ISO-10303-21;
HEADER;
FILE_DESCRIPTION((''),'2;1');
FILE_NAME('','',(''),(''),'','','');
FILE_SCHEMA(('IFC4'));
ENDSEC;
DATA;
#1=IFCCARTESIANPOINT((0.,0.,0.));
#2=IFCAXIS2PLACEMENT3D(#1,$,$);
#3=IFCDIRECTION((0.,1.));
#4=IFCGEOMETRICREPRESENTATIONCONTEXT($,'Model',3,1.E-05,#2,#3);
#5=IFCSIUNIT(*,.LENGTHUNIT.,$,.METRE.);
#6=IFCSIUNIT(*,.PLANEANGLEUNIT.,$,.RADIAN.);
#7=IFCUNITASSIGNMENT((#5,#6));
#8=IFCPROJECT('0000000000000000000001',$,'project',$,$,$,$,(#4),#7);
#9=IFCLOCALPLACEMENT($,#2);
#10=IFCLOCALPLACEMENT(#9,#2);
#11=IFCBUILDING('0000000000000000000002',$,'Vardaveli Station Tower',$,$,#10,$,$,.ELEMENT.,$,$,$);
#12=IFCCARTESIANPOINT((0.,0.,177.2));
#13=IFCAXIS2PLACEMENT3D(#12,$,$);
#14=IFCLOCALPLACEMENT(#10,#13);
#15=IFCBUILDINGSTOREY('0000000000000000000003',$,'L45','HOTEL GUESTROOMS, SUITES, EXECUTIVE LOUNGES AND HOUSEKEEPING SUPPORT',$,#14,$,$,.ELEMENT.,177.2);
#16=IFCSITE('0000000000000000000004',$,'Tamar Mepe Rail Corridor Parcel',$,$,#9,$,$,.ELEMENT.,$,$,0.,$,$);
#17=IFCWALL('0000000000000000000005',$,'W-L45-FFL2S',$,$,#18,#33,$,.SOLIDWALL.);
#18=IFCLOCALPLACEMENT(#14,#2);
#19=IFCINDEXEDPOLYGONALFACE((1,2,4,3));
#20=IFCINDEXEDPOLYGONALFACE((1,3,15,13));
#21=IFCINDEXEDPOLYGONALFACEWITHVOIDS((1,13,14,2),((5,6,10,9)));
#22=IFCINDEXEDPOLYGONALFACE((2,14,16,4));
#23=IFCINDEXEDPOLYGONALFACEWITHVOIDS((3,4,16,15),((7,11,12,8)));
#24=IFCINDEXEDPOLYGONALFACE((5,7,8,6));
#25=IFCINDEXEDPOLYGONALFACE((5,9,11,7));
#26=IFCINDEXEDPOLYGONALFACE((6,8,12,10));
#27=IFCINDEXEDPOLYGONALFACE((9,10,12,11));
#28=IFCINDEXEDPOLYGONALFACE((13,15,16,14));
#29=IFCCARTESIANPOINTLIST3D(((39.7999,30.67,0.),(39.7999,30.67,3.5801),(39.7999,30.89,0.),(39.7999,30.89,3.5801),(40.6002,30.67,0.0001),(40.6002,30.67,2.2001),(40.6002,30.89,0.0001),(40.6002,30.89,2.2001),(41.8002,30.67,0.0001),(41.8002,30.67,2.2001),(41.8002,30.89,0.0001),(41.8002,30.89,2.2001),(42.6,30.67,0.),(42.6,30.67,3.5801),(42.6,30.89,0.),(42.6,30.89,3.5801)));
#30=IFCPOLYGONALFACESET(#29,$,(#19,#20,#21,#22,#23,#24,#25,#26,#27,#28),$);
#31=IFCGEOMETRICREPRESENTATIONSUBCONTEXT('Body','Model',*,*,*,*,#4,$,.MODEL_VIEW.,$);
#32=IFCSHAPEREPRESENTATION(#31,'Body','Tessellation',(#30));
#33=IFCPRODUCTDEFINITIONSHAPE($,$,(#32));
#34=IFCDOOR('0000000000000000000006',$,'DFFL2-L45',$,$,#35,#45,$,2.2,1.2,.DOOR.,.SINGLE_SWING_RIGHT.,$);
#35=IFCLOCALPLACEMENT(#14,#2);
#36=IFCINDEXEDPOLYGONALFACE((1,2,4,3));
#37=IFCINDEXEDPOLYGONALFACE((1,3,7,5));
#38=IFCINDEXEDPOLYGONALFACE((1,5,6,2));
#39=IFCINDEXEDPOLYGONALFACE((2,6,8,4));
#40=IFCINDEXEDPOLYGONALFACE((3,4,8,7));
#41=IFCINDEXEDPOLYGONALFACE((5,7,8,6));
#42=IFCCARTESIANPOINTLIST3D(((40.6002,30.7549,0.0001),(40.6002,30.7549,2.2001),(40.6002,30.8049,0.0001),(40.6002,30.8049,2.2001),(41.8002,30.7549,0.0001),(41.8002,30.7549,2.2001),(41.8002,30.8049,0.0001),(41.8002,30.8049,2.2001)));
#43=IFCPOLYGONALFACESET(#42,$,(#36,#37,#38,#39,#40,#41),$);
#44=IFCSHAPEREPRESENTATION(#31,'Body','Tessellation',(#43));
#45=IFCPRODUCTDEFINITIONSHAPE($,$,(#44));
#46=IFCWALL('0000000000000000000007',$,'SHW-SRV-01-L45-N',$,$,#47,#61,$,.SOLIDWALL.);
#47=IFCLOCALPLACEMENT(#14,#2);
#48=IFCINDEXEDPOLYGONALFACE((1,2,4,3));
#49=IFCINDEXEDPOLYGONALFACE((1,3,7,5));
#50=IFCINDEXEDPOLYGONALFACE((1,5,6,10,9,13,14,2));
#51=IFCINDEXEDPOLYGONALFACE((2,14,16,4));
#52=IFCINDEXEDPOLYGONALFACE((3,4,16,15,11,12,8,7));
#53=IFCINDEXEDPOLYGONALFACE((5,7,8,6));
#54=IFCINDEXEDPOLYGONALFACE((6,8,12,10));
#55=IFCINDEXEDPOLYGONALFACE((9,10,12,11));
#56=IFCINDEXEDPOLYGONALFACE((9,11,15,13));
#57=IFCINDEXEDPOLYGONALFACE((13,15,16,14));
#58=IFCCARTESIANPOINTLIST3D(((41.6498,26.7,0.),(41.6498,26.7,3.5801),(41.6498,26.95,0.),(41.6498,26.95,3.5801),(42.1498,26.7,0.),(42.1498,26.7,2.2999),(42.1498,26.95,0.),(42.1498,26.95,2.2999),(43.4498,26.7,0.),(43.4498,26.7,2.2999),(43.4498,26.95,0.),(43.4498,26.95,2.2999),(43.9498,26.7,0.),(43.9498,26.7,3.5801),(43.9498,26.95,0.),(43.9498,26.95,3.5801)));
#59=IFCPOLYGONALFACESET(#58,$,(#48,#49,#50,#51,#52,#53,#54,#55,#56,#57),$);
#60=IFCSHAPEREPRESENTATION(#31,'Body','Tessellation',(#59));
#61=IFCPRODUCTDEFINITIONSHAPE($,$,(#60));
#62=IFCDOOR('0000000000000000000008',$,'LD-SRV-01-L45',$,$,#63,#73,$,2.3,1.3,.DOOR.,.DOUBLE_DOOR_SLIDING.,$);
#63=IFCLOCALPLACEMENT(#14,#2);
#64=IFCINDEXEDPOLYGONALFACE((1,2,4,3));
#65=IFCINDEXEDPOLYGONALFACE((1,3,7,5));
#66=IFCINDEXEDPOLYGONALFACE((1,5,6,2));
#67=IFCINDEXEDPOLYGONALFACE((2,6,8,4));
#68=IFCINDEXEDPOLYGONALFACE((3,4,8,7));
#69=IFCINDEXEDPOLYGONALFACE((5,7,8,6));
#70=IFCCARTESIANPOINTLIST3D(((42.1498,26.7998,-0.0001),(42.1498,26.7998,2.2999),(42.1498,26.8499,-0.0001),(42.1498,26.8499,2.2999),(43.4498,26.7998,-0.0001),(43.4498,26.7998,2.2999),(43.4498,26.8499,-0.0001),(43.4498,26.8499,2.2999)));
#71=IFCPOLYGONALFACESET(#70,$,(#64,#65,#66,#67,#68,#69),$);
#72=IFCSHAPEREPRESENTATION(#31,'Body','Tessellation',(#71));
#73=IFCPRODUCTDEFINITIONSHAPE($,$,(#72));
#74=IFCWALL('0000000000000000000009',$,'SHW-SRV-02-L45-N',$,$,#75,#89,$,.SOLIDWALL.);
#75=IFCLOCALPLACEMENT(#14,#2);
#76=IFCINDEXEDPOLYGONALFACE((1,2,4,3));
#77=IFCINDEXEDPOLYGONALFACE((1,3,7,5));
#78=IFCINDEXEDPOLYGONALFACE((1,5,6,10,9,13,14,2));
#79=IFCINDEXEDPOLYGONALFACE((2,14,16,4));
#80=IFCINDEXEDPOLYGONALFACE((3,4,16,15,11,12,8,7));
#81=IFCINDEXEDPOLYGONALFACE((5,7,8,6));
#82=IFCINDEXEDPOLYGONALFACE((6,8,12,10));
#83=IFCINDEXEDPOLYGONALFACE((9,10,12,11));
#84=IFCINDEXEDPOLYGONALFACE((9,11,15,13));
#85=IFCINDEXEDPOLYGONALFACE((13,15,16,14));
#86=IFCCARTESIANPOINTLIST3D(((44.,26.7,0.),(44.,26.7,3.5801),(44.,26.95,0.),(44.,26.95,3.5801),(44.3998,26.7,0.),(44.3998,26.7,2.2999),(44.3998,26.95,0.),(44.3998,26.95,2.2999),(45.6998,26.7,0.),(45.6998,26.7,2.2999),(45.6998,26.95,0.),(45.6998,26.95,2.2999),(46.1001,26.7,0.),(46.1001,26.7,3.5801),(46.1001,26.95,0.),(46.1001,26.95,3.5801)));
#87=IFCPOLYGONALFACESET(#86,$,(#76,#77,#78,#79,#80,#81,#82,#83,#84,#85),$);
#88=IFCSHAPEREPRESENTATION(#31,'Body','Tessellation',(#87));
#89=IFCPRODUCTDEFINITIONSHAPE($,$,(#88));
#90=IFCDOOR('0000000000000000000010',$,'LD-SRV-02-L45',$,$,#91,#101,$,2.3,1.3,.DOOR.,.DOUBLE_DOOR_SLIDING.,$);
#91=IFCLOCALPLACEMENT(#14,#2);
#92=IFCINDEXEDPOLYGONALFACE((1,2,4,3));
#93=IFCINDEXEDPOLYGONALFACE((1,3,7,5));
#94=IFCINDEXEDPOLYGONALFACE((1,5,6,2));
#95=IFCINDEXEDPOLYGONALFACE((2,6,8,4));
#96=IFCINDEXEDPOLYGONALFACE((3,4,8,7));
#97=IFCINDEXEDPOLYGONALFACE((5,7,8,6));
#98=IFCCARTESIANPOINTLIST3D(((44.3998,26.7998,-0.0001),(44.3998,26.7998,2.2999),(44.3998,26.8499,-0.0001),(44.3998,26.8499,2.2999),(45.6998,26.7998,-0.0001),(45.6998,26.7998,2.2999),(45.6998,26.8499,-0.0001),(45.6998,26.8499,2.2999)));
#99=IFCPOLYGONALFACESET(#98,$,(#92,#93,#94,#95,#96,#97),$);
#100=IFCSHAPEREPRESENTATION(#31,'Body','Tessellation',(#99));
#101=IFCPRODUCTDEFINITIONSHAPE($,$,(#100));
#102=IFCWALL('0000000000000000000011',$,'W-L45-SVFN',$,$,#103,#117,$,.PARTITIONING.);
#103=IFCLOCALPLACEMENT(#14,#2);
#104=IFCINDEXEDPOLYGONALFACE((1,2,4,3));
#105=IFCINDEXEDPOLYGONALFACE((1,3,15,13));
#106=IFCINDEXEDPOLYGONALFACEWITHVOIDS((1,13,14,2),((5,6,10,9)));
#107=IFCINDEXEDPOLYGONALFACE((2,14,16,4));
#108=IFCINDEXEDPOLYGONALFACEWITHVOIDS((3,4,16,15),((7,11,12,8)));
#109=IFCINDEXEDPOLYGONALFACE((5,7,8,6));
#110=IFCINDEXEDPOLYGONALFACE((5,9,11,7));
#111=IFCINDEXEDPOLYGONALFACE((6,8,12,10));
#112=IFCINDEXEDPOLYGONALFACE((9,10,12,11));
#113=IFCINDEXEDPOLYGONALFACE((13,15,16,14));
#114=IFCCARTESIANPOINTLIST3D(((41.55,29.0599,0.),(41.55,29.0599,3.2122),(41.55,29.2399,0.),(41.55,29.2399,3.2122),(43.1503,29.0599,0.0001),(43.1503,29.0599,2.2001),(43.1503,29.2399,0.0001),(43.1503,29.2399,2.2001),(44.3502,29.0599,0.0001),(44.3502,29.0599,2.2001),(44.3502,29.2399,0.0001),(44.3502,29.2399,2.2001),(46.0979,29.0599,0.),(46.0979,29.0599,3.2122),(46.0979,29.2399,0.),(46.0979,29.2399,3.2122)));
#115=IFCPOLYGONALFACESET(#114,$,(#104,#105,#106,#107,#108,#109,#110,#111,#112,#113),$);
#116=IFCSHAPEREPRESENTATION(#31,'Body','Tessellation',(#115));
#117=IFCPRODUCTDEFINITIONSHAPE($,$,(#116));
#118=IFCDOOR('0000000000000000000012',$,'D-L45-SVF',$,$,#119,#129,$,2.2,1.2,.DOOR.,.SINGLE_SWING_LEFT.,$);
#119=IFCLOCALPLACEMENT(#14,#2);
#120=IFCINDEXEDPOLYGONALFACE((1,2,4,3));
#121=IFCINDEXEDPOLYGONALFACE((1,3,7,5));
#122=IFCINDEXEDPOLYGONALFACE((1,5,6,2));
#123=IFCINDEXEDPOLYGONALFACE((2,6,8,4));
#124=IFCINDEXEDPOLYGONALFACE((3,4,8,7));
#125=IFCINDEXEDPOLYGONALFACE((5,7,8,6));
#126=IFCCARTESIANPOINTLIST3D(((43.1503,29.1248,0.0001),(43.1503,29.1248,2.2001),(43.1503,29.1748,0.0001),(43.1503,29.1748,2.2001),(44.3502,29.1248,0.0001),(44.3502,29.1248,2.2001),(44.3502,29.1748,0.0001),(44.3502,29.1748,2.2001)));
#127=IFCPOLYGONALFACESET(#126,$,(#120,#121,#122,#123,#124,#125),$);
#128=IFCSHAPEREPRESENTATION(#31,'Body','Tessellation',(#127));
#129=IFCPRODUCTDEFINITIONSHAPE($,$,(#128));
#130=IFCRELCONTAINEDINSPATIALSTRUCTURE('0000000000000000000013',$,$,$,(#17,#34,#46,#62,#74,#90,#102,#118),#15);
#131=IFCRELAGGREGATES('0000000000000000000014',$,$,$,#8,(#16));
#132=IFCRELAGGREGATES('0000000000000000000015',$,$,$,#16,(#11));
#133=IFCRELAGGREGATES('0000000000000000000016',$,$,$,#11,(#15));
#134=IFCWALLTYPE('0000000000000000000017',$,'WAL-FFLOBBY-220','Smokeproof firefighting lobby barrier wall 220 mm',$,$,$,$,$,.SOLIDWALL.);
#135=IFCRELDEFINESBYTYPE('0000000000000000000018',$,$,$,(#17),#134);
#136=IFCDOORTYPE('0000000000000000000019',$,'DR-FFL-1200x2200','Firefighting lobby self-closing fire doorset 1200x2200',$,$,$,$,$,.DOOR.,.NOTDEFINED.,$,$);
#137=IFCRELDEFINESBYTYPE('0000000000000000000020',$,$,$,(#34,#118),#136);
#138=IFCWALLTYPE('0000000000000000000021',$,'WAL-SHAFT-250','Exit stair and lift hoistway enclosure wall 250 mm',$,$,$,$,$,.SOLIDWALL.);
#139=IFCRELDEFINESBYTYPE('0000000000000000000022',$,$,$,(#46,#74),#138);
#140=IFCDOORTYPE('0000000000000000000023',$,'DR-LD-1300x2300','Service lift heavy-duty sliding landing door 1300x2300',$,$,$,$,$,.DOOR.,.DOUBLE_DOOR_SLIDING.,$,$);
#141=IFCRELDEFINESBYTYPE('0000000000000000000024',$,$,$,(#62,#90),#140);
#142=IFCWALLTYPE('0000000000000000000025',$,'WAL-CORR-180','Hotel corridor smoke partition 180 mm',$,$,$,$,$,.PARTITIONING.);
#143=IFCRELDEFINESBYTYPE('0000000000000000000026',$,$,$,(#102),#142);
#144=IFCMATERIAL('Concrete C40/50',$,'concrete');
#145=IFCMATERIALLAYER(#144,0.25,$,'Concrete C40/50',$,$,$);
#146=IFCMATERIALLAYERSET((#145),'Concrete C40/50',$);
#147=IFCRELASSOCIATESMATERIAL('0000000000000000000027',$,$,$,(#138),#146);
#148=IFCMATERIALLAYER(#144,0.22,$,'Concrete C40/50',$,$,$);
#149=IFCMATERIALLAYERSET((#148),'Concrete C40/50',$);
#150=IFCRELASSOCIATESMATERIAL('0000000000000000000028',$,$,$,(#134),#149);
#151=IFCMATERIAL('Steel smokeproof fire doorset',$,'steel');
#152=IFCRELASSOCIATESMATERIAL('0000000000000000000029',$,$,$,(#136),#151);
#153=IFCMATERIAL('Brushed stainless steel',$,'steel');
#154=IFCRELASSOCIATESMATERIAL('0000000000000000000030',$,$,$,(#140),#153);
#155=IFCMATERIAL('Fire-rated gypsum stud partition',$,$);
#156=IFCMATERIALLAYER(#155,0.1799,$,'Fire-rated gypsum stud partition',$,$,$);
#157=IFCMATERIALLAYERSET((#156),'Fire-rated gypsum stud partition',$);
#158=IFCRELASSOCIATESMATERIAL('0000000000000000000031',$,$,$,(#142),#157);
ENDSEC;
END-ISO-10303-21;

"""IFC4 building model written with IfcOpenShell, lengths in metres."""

from ifc_helpers import new_model, si_unit, direction, frame, frame_2d, origin, place, context, subcontext, project, spatial, rectangle, extrude, source, transform, mapped, material, layer, layer_set, type_object, element, fill, save


model = new_model("IFC4")

# Units and contexts
model_context = context("Model", 3, precision=1e-05, world=origin(), true_north=direction((0.0, 1.0)))
body_context = subcontext(model_context, "Body", "Model", "MODEL_VIEW")
ifc_project = project(units=[si_unit("LENGTHUNIT", "METRE"), si_unit("PLANEANGLEUNIT", "RADIAN")], contexts=[model_context])

# Site, building, storey
site_placement = place(None, origin())
site = spatial("IfcSite", under=ifc_project, at=site_placement, Name="Tamar Mepe Rail Corridor Parcel", CompositionType="ELEMENT", RefElevation=0.0)
building_placement = place(site_placement, origin())
building = spatial("IfcBuilding", under=site, at=building_placement, Name="Vardaveli Station Tower", CompositionType="ELEMENT")
storey_placement = place(building_placement, frame((0.0, 0.0, 177.2)))
storey = spatial("IfcBuildingStorey", under=building, at=storey_placement, Name="L45", Description="HOTEL GUESTROOMS, SUITES, EXECUTIVE LOUNGES AND HOUSEKEEPING SUPPORT", CompositionType="ELEMENT", Elevation=177.2)

# Shared definitions
ifc_material_1 = material(Name="Concrete C40/50", Category="concrete")
ifc_layer_1 = layer(ifc_material_1, 0.25, Name="Concrete C40/50")
ifc_layer_set_1 = layer_set([ifc_layer_1], Name="Concrete C40/50")
wall_type_1 = type_object("IfcWallType", Name="WAL-SHAFT-250", Description="Exit stair and lift hoistway enclosure wall 250 mm", PredefinedType="SOLIDWALL", material=ifc_layer_set_1)

# Walls, openings, doors
ifc_material_2 = material(Name="Steel smokeproof fire doorset", Category="steel")
ifc_layer_2 = layer(ifc_material_1, 0.22, Name="Concrete C40/50")
ifc_layer_set_2 = layer_set([ifc_layer_2], Name="Concrete C40/50")
wall_type_2 = type_object("IfcWallType", Name="WAL-FFLOBBY-220", Description="Smokeproof firefighting lobby barrier wall 220 mm", PredefinedType="SOLIDWALL", material=ifc_layer_set_2)
shared_shape_1 = source(origin(), body_context, "Body", "SweptSolid", [
    extrude(rectangle(XDim=2.8, YDim=0.22, at=frame_2d((1.3999, 0.0))), origin(), (0.0, 0.0, 1.0), 3.5801),
])
wall_1_placement = place(storey_placement, frame((39.8, 30.78, 0.0), z_axis=(0.0, 0.0, 1.0), x_axis=(1.0, 0.0, 0.0)))
wall_1 = element("IfcWall", 1, at=wall_1_placement, inside=storey, type_object=wall_type_2, Name="W-L45-FFL2S", PredefinedType="SOLIDWALL", context=body_context, shape_type="MappedRepresentation", body=[
    mapped(shared_shape_1, transform((0.0, 0.0, 0.0), scale=1.0)),
])
shared_shape_2 = source(origin(), body_context, "Body", "SweptSolid", [
    extrude(rectangle(XDim=1.2, YDim=2.2, at=frame_2d((0.6001, 1.1001))), frame((0.0, 0.1201, 0.0), z_axis=(0.0, -1.0, 0.0), x_axis=(1.0, 0.0, 0.0)), (0.0, 0.0, 1.0), 0.24),
])
opening_1_placement = place(wall_1_placement, frame((0.8, 0.0, 0.0)))
opening_1 = element("IfcOpeningElement", 2, at=opening_1_placement, cuts=wall_1, PredefinedType="OPENING", context=body_context, shape_type="MappedRepresentation", body=[
    mapped(shared_shape_2, transform((0.0, 0.0, 0.0), scale=1.0)),
])
door_type_1 = type_object("IfcDoorType", Name="DR-FFL-1200x2200", Description="Firefighting lobby self-closing fire doorset 1200x2200", OperationType="NOTDEFINED", PredefinedType="DOOR", material=ifc_material_2)
shared_shape_3 = source(origin(), body_context, "Body", "SweptSolid", [
    extrude(rectangle(XDim=1.2, YDim=2.2, at=frame_2d((0.6001, 1.1001))), frame((0.0, 0.0249, 0.0), z_axis=(0.0, -1.0, 0.0), x_axis=(1.0, 0.0, 0.0)), (0.0, 0.0, 1.0), 0.05),
])
door_1_placement = place(opening_1_placement, origin())
door_1 = element("IfcDoor", 3, at=door_1_placement, inside=storey, type_object=door_type_1, Name="DFFL2-L45", OperationType="SINGLE_SWING_RIGHT", OverallHeight=2.2, OverallWidth=1.2, PredefinedType="DOOR", context=body_context, shape_type="MappedRepresentation", body=[
    mapped(shared_shape_3, transform((0.0, 0.0, 0.0), scale=1.0)),
])
fill(opening_1, door_1)
shared_shape_4 = source(origin(), body_context, "Body", "SweptSolid", [
    extrude(rectangle(XDim=2.3, YDim=0.25, at=frame_2d((1.1499, 0.0))), origin(), (0.0, 0.0, 1.0), 3.5801),
])
wall_2_placement = place(storey_placement, frame((41.6499, 26.825, 0.0), z_axis=(0.0, 0.0, 1.0), x_axis=(1.0, 0.0, 0.0)))
wall_2 = element("IfcWall", 4, at=wall_2_placement, inside=storey, type_object=wall_type_1, Name="SHW-SRV-01-L45-N", PredefinedType="SOLIDWALL", context=body_context, shape_type="MappedRepresentation", body=[
    mapped(shared_shape_4, transform((0.0, 0.0, 0.0), scale=1.0)),
])
shared_shape_5 = source(origin(), body_context, "Body", "SweptSolid", [
    extrude(rectangle(XDim=1.3, YDim=2.3, at=frame_2d((0.6499, 1.1499))), frame((0.0, 0.135, 0.0), z_axis=(0.0, -1.0, 0.0), x_axis=(1.0, 0.0, 0.0)), (0.0, 0.0, 1.0), 0.27),
])
opening_2_placement = place(wall_2_placement, frame((0.5, 0.0, 0.0)))
opening_2 = element("IfcOpeningElement", 5, at=opening_2_placement, cuts=wall_2, PredefinedType="OPENING", context=body_context, shape_type="MappedRepresentation", body=[
    mapped(shared_shape_5, transform((0.0, 0.0, 0.0), scale=1.0)),
])
ifc_material_3 = material(Name="Brushed stainless steel", Category="steel")
door_type_2 = type_object("IfcDoorType", Name="DR-LD-1300x2300", Description="Service lift heavy-duty sliding landing door 1300x2300", OperationType="DOUBLE_DOOR_SLIDING", PredefinedType="DOOR", material=ifc_material_3)
shared_shape_6 = source(origin(), body_context, "Body", "SweptSolid", [
    extrude(rectangle(XDim=1.3, YDim=2.3, at=frame_2d((0.6499, 1.1499))), frame((0.0, 0.0249, 0.0), z_axis=(0.0, -1.0, 0.0), x_axis=(1.0, 0.0, 0.0)), (0.0, 0.0, 1.0), 0.05),
])
door_2_placement = place(opening_2_placement, origin())
door_2 = element("IfcDoor", 6, at=door_2_placement, inside=storey, type_object=door_type_2, Name="LD-SRV-01-L45", OperationType="DOUBLE_DOOR_SLIDING", OverallHeight=2.3, OverallWidth=1.3, PredefinedType="DOOR", context=body_context, shape_type="MappedRepresentation", body=[
    mapped(shared_shape_6, transform((0.0, 0.0, 0.0), scale=1.0)),
])
fill(opening_2, door_2)
shared_shape_7 = source(origin(), body_context, "Body", "SweptSolid", [
    extrude(rectangle(XDim=2.1001, YDim=0.25, at=frame_2d((1.05, 0.0))), origin(), (0.0, 0.0, 1.0), 3.5801),
])
wall_3_placement = place(storey_placement, frame((44.0, 26.825, 0.0), z_axis=(0.0, 0.0, 1.0), x_axis=(1.0, 0.0, 0.0)))
wall_3 = element("IfcWall", 7, at=wall_3_placement, inside=storey, type_object=wall_type_1, Name="SHW-SRV-02-L45-N", PredefinedType="SOLIDWALL", context=body_context, shape_type="MappedRepresentation", body=[
    mapped(shared_shape_7, transform((0.0, 0.0, 0.0), scale=1.0)),
])
opening_3_placement = place(wall_3_placement, frame((0.3999, 0.0, 0.0)))
opening_3 = element("IfcOpeningElement", 8, at=opening_3_placement, cuts=wall_3, PredefinedType="OPENING", context=body_context, shape_type="MappedRepresentation", body=[
    mapped(shared_shape_5, transform((0.0, 0.0, 0.0), scale=1.0)),
])
door_3_placement = place(opening_3_placement, origin())
door_3 = element("IfcDoor", 9, at=door_3_placement, inside=storey, type_object=door_type_2, Name="LD-SRV-02-L45", OperationType="DOUBLE_DOOR_SLIDING", OverallHeight=2.3, OverallWidth=1.3, PredefinedType="DOOR", context=body_context, shape_type="MappedRepresentation", body=[
    mapped(shared_shape_6, transform((0.0, 0.0, 0.0), scale=1.0)),
])
fill(opening_3, door_3)
ifc_material_4 = material(Name="Fire-rated gypsum stud partition")
ifc_layer_3 = layer(ifc_material_4, 0.1799, Name="Fire-rated gypsum stud partition")
ifc_layer_set_3 = layer_set([ifc_layer_3], Name="Fire-rated gypsum stud partition")
wall_type_3 = type_object("IfcWallType", Name="WAL-CORR-180", Description="Hotel corridor smoke partition 180 mm", PredefinedType="PARTITIONING", material=ifc_layer_set_3)
shared_shape_8 = source(origin(), body_context, "Body", "SweptSolid", [
    extrude(rectangle(XDim=4.5479, YDim=0.1799, at=frame_2d((2.2739, 0.0))), origin(), (0.0, 0.0, 1.0), 3.2122),
])
wall_4_placement = place(storey_placement, frame((41.55, 29.1499, 0.0), z_axis=(0.0, 0.0, 1.0), x_axis=(1.0, 0.0, 0.0)))
wall_4 = element("IfcWall", 10, at=wall_4_placement, inside=storey, type_object=wall_type_3, Name="W-L45-SVFN", PredefinedType="PARTITIONING", context=body_context, shape_type="MappedRepresentation", body=[
    mapped(shared_shape_8, transform((0.0, 0.0, 0.0), scale=1.0)),
])
shared_shape_9 = source(origin(), body_context, "Body", "SweptSolid", [
    extrude(rectangle(XDim=1.2, YDim=2.2, at=frame_2d((0.6001, 1.1001))), frame((0.0, 0.1001, 0.0), z_axis=(0.0, -1.0, 0.0), x_axis=(1.0, 0.0, 0.0)), (0.0, 0.0, 1.0), 0.2),
])
opening_4_placement = place(wall_4_placement, frame((1.6001, 0.0, 0.0)))
opening_4 = element("IfcOpeningElement", 11, at=opening_4_placement, cuts=wall_4, PredefinedType="OPENING", context=body_context, shape_type="MappedRepresentation", body=[
    mapped(shared_shape_9, transform((0.0, 0.0, 0.0), scale=1.0)),
])
door_4_placement = place(opening_4_placement, origin())
door_4 = element("IfcDoor", 12, at=door_4_placement, inside=storey, type_object=door_type_1, Name="D-L45-SVF", OperationType="SINGLE_SWING_LEFT", OverallHeight=2.2, OverallWidth=1.2, PredefinedType="DOOR", context=body_context, shape_type="MappedRepresentation", body=[
    mapped(shared_shape_3, transform((0.0, 0.0, 0.0), scale=1.0)),
])
fill(opening_4, door_4)

save(model, "model.ifc")
